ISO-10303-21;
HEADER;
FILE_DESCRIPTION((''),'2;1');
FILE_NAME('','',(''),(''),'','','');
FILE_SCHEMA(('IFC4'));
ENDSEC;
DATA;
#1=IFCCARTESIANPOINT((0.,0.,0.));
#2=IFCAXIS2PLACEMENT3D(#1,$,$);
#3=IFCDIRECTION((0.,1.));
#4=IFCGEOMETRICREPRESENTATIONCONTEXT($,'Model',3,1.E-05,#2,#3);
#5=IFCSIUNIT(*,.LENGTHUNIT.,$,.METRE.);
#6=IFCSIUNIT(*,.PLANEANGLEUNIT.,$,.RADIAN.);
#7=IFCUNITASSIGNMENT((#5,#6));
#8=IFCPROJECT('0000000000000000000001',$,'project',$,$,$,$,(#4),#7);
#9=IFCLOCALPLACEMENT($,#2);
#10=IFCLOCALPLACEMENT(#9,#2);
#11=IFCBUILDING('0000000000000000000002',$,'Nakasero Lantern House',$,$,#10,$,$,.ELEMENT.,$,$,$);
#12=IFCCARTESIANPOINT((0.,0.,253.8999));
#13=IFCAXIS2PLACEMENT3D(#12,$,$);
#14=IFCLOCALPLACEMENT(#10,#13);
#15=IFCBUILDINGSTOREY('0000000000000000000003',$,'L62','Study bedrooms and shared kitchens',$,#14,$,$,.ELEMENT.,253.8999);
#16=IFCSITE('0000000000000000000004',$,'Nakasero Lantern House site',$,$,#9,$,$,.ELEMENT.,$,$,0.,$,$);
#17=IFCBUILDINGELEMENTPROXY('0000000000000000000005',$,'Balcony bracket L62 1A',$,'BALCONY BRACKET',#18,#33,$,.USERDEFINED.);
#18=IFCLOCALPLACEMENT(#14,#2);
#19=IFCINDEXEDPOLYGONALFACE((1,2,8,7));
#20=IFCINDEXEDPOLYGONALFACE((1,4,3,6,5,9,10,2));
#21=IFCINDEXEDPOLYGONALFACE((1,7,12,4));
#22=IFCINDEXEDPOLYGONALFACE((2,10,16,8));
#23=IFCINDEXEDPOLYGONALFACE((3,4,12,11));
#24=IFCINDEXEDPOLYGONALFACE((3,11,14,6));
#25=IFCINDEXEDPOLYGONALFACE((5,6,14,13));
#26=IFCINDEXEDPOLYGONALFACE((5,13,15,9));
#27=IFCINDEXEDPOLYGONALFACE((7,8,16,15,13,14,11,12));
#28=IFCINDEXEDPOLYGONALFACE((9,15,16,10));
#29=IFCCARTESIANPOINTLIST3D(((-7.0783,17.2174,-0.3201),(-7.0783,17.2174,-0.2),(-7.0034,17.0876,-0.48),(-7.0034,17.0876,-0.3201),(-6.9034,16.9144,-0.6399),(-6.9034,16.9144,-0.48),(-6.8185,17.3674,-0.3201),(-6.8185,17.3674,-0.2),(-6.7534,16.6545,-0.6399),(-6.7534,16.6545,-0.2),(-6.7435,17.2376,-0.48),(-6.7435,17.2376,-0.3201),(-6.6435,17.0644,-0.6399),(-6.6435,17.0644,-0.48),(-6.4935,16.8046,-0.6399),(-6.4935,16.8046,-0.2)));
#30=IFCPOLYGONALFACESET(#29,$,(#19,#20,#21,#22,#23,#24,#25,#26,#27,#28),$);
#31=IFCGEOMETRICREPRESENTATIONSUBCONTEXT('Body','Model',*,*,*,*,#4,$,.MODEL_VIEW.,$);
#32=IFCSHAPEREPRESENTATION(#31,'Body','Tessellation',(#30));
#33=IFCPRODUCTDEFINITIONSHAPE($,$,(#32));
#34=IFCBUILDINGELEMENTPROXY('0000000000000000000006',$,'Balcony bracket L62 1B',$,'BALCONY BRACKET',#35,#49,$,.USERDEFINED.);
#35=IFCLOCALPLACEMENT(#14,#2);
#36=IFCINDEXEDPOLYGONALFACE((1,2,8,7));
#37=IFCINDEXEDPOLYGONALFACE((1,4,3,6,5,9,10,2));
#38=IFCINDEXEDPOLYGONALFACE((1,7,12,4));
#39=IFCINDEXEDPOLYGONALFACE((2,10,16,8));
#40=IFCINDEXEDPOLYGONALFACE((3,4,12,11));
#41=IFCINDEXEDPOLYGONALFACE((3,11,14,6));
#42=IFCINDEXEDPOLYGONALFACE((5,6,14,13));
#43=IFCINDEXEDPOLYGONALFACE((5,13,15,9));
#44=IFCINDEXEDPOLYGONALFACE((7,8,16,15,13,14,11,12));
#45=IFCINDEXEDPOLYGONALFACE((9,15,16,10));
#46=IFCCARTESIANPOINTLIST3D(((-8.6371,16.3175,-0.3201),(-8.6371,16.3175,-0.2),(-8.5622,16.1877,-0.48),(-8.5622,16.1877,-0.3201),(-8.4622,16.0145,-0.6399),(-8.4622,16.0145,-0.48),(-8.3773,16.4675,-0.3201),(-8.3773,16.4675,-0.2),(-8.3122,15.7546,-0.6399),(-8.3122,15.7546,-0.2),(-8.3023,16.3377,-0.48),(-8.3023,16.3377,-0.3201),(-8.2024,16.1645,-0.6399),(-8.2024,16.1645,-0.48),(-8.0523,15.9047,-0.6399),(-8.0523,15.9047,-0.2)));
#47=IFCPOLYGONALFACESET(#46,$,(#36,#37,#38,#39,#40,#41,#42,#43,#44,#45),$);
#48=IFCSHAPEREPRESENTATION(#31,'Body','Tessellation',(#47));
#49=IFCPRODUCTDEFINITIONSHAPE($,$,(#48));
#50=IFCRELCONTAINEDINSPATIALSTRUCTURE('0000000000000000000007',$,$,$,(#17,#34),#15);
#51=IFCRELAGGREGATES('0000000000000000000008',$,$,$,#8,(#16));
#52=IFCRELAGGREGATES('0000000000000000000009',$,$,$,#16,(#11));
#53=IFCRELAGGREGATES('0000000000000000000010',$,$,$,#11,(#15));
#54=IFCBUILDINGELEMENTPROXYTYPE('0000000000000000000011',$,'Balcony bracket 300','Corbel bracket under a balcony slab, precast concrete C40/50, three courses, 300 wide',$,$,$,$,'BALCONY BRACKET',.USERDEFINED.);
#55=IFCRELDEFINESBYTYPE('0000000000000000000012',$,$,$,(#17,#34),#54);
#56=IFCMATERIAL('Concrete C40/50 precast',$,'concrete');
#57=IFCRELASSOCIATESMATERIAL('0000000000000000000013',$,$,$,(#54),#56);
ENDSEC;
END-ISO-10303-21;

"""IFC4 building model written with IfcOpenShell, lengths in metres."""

from ifc_helpers import new_model, si_unit, direction, frame, origin, place, context, subcontext, project, spatial, polyline, outline, extrude, material, type_object, element, save


model = new_model("IFC4")

# Units and contexts
model_context = context("Model", 3, precision=1e-05, world=origin(), true_north=direction((0.0, 1.0)))
body_context = subcontext(model_context, "Body", "Model", "MODEL_VIEW")
ifc_project = project(units=[si_unit("LENGTHUNIT", "METRE"), si_unit("PLANEANGLEUNIT", "RADIAN")], contexts=[model_context])

# Site, building, storey
site_placement = place(None, origin())
site = spatial("IfcSite", under=ifc_project, at=site_placement, Name="Nakasero Lantern House site", CompositionType="ELEMENT", RefElevation=0.0)
building_placement = place(site_placement, origin())
building = spatial("IfcBuilding", under=site, at=building_placement, Name="Nakasero Lantern House", CompositionType="ELEMENT")
storey_placement = place(building_placement, frame((0.0, 0.0, 253.8999)))
storey = spatial("IfcBuildingStorey", under=building, at=storey_placement, Name="L62", Description="Study bedrooms and shared kitchens", CompositionType="ELEMENT", Elevation=253.8999)

# Building element proxies
ifc_material_1 = material(Name="Concrete C40/50 precast", Category="concrete")
building_element_proxy_type = type_object("IfcBuildingElementProxyType", Name="Balcony bracket 300", Description="Corbel bracket under a balcony slab, precast concrete C40/50, three courses, 300 wide", ElementType="BALCONY BRACKET", PredefinedType="USERDEFINED", material=ifc_material_1)
for number, where, z_axis, x_axis, name in (
    (1, (-6.6235, 16.7295, -0.2), (0.0, 0.0, 1.0), (-0.5, 0.866025, 0.0), "Balcony bracket L62 1A"),
    (2, (-8.1824, 15.8296, -0.2), (0.0, 0.0, 1.0), (-0.5, 0.866025, 0.0), "Balcony bracket L62 1B"),
):
    element("IfcBuildingElementProxy", number, at=place(storey_placement, frame(where, z_axis=z_axis, x_axis=x_axis)), inside=storey, type_object=building_element_proxy_type, Name=name, ObjectType="BALCONY BRACKET", PredefinedType="USERDEFINED", context=body_context, shape_type="SweptSolid", body=[
        extrude(outline(polyline([(0.0, 0.0), (0.6499, 0.0), (0.6499, -0.1201), (0.5, -0.1201), (0.5, -0.28), (0.3, -0.28), (0.3, -0.4399), (0.0, -0.4399), (0.0, 0.0)])), frame((0.0, 0.1499, 0.0), z_axis=(0.0, -1.0, 0.0), x_axis=(1.0, 0.0, 0.0)), (0.0, 0.0, 1.0), 0.3),
    ])

save(model, "model.ifc")
